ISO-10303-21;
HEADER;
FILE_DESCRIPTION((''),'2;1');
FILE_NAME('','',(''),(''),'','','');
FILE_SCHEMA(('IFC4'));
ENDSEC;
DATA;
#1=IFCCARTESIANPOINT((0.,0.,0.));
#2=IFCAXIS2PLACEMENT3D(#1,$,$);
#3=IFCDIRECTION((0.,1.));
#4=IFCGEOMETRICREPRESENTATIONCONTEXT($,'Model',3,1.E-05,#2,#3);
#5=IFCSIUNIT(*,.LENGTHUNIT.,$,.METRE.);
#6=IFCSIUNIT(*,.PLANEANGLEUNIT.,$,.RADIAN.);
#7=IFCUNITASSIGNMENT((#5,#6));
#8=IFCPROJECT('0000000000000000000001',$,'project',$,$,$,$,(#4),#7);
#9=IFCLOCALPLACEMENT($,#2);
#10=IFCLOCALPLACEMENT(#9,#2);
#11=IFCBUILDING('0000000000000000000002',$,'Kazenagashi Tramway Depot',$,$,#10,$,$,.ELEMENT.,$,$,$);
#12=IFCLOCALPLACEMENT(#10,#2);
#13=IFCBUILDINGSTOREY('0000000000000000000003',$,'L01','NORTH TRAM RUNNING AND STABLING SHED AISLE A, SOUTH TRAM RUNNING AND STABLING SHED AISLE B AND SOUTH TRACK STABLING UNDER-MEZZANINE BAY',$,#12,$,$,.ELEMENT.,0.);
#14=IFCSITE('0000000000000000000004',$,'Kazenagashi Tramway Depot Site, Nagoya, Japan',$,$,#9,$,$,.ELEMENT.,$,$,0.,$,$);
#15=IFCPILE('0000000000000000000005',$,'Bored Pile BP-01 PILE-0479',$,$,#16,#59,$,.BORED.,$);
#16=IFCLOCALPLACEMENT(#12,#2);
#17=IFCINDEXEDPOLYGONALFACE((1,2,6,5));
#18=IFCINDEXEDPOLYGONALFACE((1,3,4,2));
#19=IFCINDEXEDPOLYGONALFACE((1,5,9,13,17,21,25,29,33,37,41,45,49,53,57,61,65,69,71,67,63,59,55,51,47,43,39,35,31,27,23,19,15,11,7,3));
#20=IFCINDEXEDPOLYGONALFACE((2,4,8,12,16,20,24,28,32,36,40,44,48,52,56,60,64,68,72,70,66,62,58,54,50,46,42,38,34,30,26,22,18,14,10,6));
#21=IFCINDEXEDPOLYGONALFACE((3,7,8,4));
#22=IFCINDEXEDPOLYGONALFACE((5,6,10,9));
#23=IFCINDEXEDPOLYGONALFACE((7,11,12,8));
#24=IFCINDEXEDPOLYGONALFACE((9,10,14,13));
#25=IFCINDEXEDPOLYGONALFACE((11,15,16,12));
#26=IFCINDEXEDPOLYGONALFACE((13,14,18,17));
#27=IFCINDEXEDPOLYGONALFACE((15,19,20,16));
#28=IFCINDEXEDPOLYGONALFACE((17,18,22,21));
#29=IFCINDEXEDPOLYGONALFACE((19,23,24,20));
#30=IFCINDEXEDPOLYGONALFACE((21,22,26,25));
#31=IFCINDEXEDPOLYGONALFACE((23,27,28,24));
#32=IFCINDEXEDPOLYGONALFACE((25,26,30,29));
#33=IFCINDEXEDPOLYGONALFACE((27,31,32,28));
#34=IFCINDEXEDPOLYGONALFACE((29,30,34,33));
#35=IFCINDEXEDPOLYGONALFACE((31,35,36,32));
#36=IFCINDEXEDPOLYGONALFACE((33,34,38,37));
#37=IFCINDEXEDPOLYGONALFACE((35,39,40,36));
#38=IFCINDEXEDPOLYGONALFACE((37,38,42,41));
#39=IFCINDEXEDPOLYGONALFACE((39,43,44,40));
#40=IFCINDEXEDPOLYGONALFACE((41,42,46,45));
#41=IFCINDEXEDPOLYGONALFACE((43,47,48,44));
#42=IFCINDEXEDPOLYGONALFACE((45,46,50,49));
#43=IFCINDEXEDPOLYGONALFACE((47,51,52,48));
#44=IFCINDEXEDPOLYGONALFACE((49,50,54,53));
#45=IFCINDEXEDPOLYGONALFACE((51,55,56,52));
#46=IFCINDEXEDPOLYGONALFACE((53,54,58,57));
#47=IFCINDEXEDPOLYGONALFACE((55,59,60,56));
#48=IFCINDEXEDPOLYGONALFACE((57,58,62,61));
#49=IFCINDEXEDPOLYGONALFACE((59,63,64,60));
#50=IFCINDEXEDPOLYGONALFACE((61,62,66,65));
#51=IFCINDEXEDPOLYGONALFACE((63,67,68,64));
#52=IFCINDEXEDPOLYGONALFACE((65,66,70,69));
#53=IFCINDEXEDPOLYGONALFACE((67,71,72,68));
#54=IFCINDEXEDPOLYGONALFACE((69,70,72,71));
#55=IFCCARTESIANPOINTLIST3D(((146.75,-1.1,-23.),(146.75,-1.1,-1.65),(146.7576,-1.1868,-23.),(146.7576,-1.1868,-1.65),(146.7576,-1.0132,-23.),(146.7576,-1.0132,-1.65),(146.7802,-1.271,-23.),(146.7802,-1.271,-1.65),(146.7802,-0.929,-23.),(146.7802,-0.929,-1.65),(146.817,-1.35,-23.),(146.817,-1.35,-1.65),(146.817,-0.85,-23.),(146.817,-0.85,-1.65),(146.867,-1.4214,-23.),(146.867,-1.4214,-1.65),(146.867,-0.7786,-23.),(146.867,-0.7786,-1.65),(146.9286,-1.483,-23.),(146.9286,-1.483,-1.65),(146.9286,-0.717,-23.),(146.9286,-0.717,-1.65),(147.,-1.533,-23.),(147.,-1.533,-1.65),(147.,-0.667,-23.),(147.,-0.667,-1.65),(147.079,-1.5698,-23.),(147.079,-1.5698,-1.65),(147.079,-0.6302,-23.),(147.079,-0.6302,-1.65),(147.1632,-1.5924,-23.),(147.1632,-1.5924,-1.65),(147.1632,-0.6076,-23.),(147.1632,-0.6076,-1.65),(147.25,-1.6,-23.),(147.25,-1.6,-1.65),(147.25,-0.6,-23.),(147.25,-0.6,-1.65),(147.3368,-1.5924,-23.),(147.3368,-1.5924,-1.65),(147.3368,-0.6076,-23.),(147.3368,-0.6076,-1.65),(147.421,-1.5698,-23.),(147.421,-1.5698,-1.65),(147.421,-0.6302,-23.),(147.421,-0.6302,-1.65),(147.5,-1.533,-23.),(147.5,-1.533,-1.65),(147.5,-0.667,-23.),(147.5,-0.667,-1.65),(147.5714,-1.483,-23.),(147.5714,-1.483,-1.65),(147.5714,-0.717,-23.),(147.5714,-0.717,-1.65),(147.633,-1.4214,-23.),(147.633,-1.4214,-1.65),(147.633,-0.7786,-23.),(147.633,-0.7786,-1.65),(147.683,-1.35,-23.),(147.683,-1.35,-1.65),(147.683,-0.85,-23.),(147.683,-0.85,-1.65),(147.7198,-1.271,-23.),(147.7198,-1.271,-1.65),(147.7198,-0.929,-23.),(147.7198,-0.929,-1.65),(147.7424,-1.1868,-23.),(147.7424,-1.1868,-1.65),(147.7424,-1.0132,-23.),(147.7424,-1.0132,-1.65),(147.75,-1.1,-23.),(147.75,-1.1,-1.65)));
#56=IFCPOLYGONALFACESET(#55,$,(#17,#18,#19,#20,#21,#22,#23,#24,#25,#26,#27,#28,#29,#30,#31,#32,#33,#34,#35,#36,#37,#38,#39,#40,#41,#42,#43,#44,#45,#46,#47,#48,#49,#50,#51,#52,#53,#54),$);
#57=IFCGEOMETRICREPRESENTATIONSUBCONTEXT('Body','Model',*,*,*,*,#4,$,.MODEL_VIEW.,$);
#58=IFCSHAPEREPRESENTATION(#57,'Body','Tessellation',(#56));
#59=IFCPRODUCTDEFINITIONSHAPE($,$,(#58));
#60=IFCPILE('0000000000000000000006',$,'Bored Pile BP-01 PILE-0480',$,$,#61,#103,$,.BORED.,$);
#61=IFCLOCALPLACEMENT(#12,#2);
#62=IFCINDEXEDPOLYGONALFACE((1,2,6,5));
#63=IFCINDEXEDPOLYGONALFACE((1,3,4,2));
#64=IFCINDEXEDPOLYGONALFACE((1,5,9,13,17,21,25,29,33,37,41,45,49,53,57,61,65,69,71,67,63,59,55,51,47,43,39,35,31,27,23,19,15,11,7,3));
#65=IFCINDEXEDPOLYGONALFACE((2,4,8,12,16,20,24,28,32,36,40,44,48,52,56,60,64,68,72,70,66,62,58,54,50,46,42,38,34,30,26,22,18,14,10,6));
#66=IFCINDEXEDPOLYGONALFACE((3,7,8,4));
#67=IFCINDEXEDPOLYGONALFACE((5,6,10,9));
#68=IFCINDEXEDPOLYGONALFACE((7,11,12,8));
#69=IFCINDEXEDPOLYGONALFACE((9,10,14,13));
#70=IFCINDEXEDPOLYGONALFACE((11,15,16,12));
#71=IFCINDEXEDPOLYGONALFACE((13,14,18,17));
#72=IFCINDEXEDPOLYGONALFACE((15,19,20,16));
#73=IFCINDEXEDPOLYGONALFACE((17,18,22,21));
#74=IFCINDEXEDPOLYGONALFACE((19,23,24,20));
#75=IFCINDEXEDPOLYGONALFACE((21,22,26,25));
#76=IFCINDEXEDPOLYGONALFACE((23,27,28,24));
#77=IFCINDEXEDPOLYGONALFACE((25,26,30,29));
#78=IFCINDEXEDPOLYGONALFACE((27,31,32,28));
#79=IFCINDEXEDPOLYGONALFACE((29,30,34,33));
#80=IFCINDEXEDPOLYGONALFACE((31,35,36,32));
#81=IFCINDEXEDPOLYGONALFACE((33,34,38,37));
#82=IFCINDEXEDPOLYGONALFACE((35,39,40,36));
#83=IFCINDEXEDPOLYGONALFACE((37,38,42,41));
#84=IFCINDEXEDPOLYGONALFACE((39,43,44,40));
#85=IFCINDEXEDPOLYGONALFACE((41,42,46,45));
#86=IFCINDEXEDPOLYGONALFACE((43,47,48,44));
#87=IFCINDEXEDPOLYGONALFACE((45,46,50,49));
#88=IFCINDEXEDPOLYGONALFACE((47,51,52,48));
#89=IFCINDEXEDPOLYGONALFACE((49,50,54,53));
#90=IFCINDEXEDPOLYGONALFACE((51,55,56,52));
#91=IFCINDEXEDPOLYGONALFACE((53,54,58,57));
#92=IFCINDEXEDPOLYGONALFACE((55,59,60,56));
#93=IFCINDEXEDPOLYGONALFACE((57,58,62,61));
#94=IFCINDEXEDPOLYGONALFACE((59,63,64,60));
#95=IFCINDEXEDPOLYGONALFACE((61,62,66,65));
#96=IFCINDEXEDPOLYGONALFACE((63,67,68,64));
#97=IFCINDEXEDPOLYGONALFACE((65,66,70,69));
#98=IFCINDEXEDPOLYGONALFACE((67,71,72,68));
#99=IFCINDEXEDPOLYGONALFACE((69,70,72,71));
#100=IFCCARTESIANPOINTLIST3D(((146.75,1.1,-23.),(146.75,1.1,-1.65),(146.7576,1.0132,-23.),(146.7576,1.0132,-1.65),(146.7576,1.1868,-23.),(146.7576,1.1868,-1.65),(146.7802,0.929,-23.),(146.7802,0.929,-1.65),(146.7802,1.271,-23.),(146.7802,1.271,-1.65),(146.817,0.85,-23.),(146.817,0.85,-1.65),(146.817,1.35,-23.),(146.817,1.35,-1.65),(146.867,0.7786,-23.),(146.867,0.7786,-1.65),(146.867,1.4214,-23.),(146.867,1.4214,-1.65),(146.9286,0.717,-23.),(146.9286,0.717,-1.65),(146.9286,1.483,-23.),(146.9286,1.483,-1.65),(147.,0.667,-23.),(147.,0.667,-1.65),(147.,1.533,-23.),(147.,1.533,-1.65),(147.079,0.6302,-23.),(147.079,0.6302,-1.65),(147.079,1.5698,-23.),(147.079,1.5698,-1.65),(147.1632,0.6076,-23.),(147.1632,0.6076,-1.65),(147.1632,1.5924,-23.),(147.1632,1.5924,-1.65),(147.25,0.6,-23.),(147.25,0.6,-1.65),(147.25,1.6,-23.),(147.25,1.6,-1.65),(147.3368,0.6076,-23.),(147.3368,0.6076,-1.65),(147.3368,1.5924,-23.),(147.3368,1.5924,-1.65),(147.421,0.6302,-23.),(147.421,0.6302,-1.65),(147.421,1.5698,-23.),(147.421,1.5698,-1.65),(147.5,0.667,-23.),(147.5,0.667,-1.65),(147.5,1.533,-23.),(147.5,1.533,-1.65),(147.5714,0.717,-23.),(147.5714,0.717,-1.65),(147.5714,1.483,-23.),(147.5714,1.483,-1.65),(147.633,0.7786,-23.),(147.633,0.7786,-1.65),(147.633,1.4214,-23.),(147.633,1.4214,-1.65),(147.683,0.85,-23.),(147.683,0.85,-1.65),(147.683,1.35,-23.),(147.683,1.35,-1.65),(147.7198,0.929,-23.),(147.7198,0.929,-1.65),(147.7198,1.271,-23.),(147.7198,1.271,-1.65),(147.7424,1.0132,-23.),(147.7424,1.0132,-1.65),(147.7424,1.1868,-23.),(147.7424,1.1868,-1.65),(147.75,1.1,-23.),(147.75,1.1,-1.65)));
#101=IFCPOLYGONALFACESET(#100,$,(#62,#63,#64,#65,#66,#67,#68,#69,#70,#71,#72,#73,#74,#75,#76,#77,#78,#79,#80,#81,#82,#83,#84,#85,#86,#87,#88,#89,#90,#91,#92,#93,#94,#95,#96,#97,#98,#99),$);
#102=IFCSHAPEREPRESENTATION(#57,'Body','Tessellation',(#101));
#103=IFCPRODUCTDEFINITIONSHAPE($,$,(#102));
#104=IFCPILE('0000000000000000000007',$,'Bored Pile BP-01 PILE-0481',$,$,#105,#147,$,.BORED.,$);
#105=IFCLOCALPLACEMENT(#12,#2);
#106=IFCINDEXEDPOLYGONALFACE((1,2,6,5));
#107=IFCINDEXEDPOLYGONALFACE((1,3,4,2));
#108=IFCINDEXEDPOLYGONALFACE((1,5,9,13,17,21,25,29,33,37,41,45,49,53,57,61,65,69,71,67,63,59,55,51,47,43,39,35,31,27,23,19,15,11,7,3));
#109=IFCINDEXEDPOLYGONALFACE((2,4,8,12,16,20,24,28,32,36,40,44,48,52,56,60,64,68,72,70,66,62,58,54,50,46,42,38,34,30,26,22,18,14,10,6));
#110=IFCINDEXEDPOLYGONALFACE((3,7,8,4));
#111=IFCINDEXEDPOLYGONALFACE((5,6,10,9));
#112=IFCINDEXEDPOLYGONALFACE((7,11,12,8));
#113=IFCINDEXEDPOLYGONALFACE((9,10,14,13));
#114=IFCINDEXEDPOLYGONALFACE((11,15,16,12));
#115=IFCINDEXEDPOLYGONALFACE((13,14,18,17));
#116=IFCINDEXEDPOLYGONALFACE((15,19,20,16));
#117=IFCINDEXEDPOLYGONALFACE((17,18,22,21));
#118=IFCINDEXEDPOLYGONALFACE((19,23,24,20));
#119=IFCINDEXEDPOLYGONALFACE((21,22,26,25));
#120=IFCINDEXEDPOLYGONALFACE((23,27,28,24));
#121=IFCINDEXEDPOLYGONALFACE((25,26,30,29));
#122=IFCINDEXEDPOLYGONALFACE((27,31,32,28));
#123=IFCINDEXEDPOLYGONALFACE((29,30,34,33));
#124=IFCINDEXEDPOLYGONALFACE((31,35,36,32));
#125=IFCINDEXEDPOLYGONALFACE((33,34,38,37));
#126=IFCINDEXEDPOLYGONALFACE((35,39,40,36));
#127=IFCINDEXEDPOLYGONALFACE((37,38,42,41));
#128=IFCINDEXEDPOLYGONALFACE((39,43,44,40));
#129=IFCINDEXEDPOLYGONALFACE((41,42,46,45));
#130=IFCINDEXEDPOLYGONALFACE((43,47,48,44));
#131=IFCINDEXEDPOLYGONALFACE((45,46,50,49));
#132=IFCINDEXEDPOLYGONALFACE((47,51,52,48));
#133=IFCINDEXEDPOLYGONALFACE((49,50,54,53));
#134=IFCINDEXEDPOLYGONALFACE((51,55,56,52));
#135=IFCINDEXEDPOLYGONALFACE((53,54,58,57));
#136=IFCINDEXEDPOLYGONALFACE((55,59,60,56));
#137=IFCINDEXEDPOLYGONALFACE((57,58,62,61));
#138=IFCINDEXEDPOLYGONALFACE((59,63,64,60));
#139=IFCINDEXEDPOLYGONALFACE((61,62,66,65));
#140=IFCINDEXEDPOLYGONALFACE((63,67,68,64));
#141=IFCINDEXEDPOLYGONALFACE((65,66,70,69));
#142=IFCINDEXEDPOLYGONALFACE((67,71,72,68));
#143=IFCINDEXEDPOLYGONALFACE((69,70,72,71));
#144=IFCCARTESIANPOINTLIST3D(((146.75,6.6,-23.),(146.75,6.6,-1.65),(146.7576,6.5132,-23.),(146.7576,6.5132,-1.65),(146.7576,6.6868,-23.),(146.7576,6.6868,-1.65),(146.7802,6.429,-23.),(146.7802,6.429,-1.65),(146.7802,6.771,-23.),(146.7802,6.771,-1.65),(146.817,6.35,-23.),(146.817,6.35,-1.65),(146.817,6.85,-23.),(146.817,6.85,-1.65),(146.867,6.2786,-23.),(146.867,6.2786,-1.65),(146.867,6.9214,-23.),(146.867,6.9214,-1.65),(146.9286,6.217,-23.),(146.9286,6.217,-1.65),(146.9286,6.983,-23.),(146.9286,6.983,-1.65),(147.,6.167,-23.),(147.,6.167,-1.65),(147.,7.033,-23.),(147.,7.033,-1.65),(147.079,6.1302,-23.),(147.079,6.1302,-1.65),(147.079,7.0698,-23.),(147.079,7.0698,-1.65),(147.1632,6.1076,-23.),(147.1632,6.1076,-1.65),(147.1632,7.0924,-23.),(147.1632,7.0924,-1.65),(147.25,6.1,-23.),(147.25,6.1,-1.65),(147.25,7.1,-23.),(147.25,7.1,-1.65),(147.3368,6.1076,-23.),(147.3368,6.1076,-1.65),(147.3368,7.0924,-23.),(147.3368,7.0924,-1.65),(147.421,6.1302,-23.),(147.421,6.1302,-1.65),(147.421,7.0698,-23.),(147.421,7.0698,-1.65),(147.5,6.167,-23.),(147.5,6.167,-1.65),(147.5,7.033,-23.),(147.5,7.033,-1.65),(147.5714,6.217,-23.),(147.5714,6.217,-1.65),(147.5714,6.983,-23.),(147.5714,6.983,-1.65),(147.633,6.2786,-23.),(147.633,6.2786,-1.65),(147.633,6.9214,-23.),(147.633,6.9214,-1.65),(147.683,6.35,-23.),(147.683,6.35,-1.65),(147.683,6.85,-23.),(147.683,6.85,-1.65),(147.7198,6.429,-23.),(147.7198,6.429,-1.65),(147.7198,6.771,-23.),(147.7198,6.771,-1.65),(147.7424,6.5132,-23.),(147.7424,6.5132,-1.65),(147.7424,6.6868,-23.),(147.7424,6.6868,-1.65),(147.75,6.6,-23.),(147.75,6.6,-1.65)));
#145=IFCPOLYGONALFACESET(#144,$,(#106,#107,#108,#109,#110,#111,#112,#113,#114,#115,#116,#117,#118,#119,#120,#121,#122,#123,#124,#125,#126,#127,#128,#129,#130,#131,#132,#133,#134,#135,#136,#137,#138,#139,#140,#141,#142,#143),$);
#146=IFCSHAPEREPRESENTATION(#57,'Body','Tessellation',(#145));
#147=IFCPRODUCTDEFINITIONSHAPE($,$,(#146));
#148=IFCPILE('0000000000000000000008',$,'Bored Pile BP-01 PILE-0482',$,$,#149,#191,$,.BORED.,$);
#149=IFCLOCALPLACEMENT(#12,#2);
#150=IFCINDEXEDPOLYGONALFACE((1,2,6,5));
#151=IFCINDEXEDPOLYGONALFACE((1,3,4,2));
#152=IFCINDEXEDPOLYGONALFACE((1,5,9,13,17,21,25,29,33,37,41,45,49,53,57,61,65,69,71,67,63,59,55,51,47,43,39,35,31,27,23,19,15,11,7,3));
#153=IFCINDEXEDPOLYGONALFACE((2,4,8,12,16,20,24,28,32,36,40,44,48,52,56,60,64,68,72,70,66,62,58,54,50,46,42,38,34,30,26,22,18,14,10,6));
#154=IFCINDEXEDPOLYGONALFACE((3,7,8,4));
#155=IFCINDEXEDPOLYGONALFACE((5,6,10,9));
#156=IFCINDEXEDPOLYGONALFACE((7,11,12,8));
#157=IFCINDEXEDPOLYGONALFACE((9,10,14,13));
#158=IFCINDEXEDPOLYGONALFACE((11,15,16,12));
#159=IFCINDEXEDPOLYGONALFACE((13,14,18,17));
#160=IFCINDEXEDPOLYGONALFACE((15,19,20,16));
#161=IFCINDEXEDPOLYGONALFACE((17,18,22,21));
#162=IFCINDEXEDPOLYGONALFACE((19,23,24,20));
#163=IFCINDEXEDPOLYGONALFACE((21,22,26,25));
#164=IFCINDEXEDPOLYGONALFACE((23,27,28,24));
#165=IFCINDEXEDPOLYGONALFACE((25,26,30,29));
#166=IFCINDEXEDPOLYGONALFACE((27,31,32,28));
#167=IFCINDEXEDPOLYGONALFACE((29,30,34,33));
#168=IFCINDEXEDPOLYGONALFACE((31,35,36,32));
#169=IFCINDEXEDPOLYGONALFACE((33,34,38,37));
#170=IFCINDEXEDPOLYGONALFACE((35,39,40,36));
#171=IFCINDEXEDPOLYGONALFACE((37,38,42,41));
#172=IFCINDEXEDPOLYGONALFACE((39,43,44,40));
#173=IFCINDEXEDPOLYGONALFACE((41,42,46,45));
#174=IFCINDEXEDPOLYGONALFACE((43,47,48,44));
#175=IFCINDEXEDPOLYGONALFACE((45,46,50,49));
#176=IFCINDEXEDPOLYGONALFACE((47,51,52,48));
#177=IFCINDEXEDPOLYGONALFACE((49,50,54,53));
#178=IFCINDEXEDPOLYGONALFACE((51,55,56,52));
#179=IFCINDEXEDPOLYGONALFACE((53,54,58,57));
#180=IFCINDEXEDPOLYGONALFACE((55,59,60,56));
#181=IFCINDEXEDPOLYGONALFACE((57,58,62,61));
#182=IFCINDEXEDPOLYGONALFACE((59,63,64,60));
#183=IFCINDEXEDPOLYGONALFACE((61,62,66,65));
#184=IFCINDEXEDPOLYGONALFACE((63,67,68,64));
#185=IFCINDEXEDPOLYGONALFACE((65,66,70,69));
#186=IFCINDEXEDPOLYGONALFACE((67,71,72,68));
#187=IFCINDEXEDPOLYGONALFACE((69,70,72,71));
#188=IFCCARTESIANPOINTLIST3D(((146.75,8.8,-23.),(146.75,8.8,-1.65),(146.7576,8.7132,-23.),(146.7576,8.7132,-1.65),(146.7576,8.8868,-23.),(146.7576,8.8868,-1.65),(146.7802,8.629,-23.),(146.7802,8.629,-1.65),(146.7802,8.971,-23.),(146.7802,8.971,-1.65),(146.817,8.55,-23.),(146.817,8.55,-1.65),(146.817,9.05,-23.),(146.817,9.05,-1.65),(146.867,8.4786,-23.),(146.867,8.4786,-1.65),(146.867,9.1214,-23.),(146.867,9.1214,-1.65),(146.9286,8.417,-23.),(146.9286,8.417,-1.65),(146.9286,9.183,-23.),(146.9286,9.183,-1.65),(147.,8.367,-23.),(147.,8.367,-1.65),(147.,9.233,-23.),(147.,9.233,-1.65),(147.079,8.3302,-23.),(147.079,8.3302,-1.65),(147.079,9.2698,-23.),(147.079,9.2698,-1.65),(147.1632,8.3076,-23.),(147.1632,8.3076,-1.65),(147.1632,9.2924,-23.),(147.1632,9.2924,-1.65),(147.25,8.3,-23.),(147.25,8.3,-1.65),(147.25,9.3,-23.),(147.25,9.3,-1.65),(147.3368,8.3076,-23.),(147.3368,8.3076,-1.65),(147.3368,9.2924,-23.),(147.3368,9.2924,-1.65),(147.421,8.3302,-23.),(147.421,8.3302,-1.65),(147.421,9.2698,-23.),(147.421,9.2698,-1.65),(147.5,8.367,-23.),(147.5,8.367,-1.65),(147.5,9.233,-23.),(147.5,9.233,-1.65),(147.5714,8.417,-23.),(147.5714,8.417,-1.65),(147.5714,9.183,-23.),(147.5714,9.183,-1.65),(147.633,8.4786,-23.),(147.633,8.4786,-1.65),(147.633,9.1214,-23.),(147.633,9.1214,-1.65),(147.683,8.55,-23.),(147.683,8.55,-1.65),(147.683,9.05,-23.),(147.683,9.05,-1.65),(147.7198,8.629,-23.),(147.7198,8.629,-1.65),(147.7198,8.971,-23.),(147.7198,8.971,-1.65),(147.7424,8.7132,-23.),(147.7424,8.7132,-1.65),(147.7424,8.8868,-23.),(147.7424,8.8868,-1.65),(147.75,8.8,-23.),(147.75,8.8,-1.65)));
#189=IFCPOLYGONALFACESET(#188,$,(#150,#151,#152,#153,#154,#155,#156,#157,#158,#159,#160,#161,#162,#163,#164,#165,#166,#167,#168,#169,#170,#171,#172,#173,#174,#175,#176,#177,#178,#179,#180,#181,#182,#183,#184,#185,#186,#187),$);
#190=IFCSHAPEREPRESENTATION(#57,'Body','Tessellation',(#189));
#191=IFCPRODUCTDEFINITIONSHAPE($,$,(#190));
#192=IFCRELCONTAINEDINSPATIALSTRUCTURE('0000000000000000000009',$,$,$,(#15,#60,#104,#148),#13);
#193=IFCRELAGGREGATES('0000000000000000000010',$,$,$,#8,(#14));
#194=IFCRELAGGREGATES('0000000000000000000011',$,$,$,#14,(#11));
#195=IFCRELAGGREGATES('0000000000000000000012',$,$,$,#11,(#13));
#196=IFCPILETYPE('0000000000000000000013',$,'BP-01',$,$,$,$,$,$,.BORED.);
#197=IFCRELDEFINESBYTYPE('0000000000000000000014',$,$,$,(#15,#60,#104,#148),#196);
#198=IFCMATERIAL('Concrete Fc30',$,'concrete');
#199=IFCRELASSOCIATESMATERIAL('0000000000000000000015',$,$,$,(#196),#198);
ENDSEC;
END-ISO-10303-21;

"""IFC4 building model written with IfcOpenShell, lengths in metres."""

from ifc_helpers import new_model, si_unit, direction, frame, origin, origin_2d, place, context, subcontext, project, spatial, circle, extrude, material, material_profile, profile_set, type_object, element, save


model = new_model("IFC4")

# Units and contexts
model_context = context("Model", 3, precision=1e-05, world=origin(), true_north=direction((0.0, 1.0)))
body_context = subcontext(model_context, "Body", "Model", "MODEL_VIEW")
ifc_project = project(units=[si_unit("LENGTHUNIT", "METRE"), si_unit("PLANEANGLEUNIT", "RADIAN")], contexts=[model_context])

# Site, building, storey
site_placement = place(None, origin())
site = spatial("IfcSite", under=ifc_project, at=site_placement, Name="Kazenagashi Tramway Depot Site, Nagoya, Japan", CompositionType="ELEMENT", RefElevation=0.0)
building_placement = place(site_placement, origin())
building = spatial("IfcBuilding", under=site, at=building_placement, Name="Kazenagashi Tramway Depot", CompositionType="ELEMENT")
storey_placement = place(building_placement, origin())
storey = spatial("IfcBuildingStorey", under=building, at=storey_placement, Name="L01", Description="NORTH TRAM RUNNING AND STABLING SHED AISLE A, SOUTH TRAM RUNNING AND STABLING SHED AISLE B AND SOUTH TRACK STABLING UNDER-MEZZANINE BAY", CompositionType="ELEMENT", Elevation=0.0)

# Piles
ifc_material_1 = material(Name="Concrete Fc30", Category="concrete")
ifc_material_profile_1 = material_profile(ifc_material_1, circle(Radius=0.5, at=origin_2d()), Name="PILE-1000")
ifc_profile_set_1 = profile_set([ifc_material_profile_1], Name="Concrete Fc30")
pile_type = type_object("IfcPileType", Name="BP-01", PredefinedType="BORED", material=ifc_profile_set_1)
for number, where, z_axis, x_axis, name in (
    (1, (147.25, -1.1, -1.65), (0.0, 0.0, -1.0), (1.0, 0.0, 0.0), "Bored Pile BP-01 PILE-0479"),
    (2, (147.25, 1.1, -1.65), (0.0, 0.0, -1.0), (1.0, 0.0, 0.0), "Bored Pile BP-01 PILE-0480"),
    (3, (147.25, 6.6, -1.65), (0.0, 0.0, -1.0), (1.0, 0.0, 0.0), "Bored Pile BP-01 PILE-0481"),
    (4, (147.25, 8.8, -1.65), (0.0, 0.0, -1.0), (1.0, 0.0, 0.0), "Bored Pile BP-01 PILE-0482"),
):
    element("IfcPile", number, at=place(storey_placement, frame(where, z_axis=z_axis, x_axis=x_axis)), inside=storey, type_object=pile_type, Name=name, PredefinedType="BORED", context=body_context, shape_type="SweptSolid", body=[
        extrude(circle(Radius=0.5, at=origin_2d()), origin(), (0.0, 0.0, 1.0), 21.35),
    ])

save(model, "model.ifc")
